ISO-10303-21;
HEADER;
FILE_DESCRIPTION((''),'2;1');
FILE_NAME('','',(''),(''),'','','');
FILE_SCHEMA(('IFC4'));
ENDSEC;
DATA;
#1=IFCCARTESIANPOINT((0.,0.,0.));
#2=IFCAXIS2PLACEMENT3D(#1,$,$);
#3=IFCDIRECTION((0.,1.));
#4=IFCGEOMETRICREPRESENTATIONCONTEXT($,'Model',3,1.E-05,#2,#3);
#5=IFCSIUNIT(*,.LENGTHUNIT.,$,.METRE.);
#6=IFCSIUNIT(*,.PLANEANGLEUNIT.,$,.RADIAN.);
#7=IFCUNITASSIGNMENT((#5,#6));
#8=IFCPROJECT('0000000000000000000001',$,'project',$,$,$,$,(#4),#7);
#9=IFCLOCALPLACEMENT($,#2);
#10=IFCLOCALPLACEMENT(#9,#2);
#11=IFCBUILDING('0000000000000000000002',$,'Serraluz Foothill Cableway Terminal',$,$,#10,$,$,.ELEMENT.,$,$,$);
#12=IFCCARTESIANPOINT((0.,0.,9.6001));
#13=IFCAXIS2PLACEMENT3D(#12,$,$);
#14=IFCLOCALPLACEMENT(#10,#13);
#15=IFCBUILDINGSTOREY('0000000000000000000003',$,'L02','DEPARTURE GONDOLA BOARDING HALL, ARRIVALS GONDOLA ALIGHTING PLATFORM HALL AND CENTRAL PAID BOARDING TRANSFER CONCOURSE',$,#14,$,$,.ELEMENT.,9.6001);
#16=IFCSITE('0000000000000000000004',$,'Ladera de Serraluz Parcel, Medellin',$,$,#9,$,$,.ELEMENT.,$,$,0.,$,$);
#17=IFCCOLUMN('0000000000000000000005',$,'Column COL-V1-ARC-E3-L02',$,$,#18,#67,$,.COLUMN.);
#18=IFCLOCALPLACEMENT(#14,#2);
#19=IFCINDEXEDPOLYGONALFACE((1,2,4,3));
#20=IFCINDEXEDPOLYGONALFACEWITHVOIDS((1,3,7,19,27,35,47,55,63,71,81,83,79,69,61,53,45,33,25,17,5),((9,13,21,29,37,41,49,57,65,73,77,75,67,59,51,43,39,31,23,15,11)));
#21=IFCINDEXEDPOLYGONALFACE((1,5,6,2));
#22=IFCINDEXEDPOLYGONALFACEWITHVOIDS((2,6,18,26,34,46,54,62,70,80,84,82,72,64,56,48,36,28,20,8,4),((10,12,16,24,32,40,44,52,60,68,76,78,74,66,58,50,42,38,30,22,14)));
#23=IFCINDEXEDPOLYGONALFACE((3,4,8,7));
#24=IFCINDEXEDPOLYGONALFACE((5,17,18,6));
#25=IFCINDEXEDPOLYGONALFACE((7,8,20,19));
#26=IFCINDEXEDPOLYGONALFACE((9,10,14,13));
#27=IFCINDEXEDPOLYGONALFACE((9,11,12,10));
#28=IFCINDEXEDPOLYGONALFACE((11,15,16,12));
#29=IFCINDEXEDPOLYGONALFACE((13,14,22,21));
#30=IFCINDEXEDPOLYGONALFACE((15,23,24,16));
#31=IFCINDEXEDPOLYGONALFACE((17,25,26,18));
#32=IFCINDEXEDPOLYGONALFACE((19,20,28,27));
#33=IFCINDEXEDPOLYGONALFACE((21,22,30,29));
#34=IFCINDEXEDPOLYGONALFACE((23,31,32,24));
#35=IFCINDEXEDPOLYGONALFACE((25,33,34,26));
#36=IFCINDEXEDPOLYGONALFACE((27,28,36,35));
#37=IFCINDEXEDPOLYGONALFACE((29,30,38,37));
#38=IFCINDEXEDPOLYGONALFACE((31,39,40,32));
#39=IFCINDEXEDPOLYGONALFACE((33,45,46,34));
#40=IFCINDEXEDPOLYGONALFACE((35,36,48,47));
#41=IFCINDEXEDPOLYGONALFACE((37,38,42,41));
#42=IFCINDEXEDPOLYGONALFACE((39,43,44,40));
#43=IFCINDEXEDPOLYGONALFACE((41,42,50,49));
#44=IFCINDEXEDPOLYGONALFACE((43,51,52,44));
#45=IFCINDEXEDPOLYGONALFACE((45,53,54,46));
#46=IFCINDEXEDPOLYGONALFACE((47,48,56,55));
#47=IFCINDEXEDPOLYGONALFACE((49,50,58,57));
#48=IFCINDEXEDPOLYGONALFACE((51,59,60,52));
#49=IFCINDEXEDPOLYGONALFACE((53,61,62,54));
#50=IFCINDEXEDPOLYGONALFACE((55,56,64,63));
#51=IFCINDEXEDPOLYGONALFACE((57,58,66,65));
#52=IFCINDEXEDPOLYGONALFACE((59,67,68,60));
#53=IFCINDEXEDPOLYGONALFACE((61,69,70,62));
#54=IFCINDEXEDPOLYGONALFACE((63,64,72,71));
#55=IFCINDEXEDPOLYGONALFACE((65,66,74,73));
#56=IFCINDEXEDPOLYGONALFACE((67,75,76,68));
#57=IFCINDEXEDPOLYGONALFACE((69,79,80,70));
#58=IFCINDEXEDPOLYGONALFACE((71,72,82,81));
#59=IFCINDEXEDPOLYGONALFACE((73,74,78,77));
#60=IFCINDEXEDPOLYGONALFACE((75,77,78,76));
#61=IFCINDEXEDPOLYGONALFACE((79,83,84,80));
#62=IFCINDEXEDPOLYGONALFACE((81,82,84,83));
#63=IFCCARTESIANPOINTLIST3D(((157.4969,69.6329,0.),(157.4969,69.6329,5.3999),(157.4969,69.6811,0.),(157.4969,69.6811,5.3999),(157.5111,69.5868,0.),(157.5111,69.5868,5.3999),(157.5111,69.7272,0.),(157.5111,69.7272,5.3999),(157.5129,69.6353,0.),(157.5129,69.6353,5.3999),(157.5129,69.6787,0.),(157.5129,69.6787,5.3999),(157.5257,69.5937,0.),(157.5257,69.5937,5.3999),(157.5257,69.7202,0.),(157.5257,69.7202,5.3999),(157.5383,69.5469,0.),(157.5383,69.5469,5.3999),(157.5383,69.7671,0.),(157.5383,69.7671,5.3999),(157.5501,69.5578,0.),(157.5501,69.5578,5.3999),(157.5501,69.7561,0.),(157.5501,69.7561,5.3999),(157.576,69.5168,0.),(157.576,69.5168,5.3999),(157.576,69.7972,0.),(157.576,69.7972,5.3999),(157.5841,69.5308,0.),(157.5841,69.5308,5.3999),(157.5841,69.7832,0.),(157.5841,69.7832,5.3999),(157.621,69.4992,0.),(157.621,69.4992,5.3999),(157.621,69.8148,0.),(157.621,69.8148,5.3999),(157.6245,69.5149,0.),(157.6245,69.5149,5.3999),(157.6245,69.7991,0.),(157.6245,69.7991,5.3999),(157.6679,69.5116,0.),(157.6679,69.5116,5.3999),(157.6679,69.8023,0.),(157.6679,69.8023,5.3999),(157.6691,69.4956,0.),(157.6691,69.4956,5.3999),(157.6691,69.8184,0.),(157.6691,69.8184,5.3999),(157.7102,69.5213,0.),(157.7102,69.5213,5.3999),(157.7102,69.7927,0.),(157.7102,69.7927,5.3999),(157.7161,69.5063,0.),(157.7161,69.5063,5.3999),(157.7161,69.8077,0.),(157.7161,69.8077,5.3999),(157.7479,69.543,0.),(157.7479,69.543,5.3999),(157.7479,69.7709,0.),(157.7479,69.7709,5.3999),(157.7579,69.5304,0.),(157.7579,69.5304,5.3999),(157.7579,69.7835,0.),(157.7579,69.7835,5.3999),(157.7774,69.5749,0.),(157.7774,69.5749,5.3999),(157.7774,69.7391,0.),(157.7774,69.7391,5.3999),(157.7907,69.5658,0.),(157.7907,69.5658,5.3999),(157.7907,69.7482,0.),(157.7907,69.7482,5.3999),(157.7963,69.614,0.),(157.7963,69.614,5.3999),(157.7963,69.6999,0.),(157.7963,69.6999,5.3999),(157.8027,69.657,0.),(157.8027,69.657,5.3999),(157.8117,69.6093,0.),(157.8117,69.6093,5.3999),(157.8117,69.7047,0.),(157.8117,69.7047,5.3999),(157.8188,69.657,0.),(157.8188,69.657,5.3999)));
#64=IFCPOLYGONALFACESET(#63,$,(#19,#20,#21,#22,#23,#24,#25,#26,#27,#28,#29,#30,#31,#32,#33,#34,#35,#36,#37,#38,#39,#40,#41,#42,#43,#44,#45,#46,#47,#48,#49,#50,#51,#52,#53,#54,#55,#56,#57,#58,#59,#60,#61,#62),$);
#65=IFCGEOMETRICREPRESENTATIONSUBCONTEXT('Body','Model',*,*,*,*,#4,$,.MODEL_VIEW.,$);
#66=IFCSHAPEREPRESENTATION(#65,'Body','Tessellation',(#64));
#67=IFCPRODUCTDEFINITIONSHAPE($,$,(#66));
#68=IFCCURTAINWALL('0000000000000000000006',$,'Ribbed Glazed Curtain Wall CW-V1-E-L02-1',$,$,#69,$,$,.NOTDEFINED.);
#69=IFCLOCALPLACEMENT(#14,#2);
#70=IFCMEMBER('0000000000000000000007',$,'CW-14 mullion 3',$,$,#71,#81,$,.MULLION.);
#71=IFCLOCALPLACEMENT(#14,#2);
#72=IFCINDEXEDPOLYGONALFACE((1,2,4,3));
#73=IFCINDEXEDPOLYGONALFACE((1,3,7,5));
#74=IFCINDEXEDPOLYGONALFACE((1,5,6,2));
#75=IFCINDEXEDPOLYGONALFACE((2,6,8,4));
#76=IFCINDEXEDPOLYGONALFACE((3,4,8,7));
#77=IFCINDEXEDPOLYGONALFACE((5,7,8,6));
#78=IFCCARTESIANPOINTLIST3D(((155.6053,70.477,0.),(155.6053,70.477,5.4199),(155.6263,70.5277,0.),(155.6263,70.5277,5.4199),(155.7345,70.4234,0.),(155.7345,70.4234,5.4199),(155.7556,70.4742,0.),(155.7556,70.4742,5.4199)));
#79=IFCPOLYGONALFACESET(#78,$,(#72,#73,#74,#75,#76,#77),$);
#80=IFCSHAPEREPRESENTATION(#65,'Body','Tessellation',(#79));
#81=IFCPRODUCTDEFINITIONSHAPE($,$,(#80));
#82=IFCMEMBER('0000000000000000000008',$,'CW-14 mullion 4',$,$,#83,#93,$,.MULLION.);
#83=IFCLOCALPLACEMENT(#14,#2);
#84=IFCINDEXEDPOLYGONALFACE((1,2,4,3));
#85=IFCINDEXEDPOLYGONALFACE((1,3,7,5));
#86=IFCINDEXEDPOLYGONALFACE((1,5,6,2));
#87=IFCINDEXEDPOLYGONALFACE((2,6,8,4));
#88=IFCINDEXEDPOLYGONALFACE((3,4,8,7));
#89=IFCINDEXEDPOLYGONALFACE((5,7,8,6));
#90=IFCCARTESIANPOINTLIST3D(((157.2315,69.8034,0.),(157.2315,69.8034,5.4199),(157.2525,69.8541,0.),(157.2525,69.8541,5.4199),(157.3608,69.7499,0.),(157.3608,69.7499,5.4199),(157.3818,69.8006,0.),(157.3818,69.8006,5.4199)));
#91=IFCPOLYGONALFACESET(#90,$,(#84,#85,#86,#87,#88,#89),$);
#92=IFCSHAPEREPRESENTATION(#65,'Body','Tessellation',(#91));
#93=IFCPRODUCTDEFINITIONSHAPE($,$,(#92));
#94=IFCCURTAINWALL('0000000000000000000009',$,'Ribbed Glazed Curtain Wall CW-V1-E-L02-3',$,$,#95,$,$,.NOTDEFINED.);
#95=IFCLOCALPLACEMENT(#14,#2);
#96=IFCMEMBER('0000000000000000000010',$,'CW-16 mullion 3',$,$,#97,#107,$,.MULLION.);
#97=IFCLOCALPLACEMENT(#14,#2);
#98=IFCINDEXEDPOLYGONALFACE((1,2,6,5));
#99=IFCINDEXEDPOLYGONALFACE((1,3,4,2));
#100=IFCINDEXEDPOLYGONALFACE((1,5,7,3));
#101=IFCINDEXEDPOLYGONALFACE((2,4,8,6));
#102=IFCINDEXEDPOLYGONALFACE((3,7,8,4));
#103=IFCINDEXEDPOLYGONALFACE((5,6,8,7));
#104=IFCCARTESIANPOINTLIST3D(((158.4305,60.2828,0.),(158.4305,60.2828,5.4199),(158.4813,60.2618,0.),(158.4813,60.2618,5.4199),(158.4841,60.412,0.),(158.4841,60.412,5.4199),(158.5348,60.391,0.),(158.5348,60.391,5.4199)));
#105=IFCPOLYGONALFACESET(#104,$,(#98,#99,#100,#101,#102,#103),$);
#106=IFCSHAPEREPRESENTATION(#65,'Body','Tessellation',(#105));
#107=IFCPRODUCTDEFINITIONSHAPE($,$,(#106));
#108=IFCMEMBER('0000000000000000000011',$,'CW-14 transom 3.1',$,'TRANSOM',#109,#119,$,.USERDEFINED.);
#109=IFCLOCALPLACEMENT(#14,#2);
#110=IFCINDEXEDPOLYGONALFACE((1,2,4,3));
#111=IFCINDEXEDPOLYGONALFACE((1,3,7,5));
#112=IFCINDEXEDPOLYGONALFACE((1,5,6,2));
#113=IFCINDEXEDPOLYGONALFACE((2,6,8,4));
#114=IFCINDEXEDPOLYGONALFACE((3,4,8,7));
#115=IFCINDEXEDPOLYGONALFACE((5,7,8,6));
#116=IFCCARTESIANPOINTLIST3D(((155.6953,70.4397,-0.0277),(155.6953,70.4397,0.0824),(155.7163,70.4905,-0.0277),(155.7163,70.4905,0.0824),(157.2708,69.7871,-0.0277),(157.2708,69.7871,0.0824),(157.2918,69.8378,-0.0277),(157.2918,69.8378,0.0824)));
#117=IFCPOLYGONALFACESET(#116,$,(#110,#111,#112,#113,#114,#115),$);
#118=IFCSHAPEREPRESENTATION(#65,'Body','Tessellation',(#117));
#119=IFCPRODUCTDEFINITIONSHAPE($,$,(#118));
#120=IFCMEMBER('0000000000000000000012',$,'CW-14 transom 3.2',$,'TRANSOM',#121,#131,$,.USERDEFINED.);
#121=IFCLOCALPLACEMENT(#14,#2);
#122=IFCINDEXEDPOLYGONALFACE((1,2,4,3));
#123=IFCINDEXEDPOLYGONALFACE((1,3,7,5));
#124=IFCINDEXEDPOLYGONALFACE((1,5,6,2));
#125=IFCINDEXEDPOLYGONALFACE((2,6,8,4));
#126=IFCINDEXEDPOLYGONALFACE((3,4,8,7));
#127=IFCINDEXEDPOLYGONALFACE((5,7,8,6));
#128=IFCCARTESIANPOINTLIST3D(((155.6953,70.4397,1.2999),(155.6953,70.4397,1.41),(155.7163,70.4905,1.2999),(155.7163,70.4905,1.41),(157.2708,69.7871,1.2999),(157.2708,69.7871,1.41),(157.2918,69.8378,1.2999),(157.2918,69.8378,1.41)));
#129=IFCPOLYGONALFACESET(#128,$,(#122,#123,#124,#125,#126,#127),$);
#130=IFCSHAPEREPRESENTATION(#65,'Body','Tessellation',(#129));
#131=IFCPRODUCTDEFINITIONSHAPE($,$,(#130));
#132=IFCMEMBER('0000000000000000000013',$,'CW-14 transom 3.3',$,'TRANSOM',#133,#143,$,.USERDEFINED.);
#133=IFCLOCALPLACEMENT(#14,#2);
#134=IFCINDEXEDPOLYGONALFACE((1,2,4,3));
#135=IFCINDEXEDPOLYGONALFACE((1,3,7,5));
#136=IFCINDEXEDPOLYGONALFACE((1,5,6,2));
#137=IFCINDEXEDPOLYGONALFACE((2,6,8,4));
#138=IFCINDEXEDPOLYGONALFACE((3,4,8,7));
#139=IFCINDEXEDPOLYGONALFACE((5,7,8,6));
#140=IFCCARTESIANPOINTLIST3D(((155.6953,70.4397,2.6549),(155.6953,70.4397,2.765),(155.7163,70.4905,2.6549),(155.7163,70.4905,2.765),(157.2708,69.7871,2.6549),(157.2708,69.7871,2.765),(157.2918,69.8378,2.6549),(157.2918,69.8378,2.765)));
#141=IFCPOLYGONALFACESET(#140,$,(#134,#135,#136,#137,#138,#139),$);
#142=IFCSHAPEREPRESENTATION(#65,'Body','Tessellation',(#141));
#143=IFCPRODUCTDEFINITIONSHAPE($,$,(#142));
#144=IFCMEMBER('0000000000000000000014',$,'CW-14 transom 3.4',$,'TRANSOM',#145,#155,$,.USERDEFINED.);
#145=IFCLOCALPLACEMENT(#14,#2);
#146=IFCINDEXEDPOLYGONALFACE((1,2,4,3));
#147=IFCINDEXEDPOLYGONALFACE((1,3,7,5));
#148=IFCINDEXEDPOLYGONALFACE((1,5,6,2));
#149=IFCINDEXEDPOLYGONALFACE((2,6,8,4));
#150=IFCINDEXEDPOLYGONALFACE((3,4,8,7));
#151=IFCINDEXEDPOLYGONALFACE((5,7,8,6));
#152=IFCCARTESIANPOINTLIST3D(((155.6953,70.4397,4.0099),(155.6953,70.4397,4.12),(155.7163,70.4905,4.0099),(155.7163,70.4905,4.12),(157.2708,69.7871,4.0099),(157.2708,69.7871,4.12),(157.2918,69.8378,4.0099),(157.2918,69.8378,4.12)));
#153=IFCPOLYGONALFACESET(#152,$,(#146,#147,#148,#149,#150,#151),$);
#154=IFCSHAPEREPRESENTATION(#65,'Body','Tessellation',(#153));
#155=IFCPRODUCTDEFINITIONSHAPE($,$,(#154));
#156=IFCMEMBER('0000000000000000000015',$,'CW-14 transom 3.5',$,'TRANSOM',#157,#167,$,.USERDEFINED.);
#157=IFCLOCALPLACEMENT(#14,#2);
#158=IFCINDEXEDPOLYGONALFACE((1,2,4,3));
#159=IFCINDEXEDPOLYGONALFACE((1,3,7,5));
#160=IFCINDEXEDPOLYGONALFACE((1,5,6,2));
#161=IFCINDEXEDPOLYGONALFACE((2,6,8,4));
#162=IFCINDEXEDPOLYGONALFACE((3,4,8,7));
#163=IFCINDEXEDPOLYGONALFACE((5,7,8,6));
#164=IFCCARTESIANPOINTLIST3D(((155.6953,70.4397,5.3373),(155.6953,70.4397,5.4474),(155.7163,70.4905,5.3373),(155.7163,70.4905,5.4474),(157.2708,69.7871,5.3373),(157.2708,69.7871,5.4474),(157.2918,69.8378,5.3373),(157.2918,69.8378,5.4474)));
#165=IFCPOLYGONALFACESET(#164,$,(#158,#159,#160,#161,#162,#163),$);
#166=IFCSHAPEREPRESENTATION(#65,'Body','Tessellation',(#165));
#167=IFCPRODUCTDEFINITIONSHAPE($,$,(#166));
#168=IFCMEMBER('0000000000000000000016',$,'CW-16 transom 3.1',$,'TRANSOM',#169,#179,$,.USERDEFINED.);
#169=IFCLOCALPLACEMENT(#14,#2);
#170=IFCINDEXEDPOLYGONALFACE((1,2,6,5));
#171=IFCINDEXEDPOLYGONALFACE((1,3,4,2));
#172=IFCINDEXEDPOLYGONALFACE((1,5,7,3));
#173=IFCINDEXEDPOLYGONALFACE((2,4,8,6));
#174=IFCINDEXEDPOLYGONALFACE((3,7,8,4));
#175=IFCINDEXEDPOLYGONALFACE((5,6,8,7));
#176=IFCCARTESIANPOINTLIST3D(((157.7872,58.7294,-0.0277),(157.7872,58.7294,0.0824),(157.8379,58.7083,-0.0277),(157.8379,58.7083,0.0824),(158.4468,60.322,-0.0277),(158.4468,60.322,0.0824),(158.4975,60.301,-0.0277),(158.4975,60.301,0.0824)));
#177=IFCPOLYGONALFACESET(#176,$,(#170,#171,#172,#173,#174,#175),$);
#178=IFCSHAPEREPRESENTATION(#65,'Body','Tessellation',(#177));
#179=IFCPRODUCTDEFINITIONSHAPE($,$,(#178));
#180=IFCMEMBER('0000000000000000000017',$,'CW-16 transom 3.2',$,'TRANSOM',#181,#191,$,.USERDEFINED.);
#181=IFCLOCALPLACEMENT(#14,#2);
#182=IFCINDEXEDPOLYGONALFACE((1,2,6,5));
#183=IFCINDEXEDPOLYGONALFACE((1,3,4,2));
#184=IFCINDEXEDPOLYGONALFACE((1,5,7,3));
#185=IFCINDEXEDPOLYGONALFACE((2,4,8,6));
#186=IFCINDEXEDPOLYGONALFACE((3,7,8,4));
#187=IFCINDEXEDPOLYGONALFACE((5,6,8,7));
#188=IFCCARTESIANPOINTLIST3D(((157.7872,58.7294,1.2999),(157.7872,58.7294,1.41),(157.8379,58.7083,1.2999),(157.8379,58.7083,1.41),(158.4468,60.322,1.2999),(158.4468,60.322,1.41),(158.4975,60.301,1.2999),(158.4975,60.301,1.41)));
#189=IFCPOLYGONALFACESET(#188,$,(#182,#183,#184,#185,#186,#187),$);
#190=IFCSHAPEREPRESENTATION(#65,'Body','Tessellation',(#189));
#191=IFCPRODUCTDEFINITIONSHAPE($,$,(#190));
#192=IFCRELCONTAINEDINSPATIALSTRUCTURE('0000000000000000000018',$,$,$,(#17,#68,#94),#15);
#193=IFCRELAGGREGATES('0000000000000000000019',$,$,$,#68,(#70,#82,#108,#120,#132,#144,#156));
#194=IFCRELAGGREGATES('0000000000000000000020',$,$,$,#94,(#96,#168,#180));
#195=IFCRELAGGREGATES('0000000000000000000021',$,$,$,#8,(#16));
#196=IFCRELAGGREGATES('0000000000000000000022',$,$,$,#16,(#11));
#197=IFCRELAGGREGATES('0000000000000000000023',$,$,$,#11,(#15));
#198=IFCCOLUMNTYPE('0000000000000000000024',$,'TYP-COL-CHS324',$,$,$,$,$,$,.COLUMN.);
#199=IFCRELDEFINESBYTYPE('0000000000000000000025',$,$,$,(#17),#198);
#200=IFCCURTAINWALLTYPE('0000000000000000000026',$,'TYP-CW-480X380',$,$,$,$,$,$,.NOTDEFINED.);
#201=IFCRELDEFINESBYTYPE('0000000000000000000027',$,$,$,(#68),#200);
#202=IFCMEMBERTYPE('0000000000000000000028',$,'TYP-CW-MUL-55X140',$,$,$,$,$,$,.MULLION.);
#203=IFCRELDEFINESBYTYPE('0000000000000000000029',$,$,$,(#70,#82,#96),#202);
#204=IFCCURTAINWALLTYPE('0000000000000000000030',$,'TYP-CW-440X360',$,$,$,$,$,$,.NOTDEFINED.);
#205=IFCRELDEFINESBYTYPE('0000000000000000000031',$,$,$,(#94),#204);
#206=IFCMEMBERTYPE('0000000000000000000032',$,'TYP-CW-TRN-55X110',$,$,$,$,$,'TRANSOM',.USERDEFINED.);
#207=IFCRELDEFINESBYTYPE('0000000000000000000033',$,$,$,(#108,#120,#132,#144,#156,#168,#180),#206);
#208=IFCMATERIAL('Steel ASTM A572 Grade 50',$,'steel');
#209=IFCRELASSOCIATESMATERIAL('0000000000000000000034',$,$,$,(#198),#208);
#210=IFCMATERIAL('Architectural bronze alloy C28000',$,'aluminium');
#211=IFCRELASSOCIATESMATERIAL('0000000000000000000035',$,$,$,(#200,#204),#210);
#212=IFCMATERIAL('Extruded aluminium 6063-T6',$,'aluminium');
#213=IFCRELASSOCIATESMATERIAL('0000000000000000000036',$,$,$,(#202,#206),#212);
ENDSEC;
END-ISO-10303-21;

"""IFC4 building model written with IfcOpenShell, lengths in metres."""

from ifc_helpers import new_model, si_unit, direction, frame, origin, origin_2d, place, context, subcontext, project, spatial, rectangle, hollow_circle, extrude, material, material_profile, profile_set, type_object, element, aggregate, save


model = new_model("IFC4")

# Units and contexts
model_context = context("Model", 3, precision=1e-05, world=origin(), true_north=direction((0.0, 1.0)))
body_context = subcontext(model_context, "Body", "Model", "MODEL_VIEW")
ifc_project = project(units=[si_unit("LENGTHUNIT", "METRE"), si_unit("PLANEANGLEUNIT", "RADIAN")], contexts=[model_context])

# Site, building, storey
site_placement = place(None, origin())
site = spatial("IfcSite", under=ifc_project, at=site_placement, Name="Ladera de Serraluz Parcel, Medellin", CompositionType="ELEMENT", RefElevation=0.0)
building_placement = place(site_placement, origin())
building = spatial("IfcBuilding", under=site, at=building_placement, Name="Serraluz Foothill Cableway Terminal", CompositionType="ELEMENT")
storey_placement = place(building_placement, frame((0.0, 0.0, 9.6001)))
storey = spatial("IfcBuildingStorey", under=building, at=storey_placement, Name="L02", Description="DEPARTURE GONDOLA BOARDING HALL, ARRIVALS GONDOLA ALIGHTING PLATFORM HALL AND CENTRAL PAID BOARDING TRANSFER CONCOURSE", CompositionType="ELEMENT", Elevation=9.6001)

# Column
ifc_material_1 = material(Name="Steel ASTM A572 Grade 50", Category="steel")
ifc_material_profile_1 = material_profile(ifc_material_1, hollow_circle(Radius=0.1619, WallThickness=0.0161, at=origin_2d()), Name="CHS324X16")
ifc_profile_set_1 = profile_set([ifc_material_profile_1], Name="Steel ASTM A572 Grade 50")
column_type = type_object("IfcColumnType", Name="TYP-COL-CHS324", PredefinedType="COLUMN", material=ifc_profile_set_1)
column_placement = place(storey_placement, frame((157.657, 69.657, 0.0), z_axis=(0.0, 0.0, 1.0), x_axis=(1.0, 0.0, 0.0)))
element("IfcColumn", 1, at=column_placement, inside=storey, type_object=column_type, Name="Column COL-V1-ARC-E3-L02", PredefinedType="COLUMN", context=body_context, shape_type="SweptSolid", body=[
    extrude(hollow_circle(Radius=0.1619, WallThickness=0.0161, at=origin_2d()), origin(), (0.0, 0.0, 1.0), 5.3999),
])

# Curtain wall, members
ifc_material_2 = material(Name="Architectural bronze alloy C28000", Category="aluminium")
curtain_wall_type_1 = type_object("IfcCurtainWallType", Name="TYP-CW-480X380", PredefinedType="NOTDEFINED", material=ifc_material_2)
curtain_wall_1_placement = place(storey_placement, origin())
curtain_wall_1 = element("IfcCurtainWall", 2, at=curtain_wall_1_placement, inside=storey, type_object=curtain_wall_type_1, Name="Ribbed Glazed Curtain Wall CW-V1-E-L02-1", PredefinedType="NOTDEFINED")
ifc_material_3 = material(Name="Extruded aluminium 6063-T6", Category="aluminium")
ifc_material_profile_2 = material_profile(ifc_material_3, rectangle(XDim=0.0549, YDim=0.1399, at=origin_2d()), Name="ALU MULLION 55x140")
ifc_profile_set_2 = profile_set([ifc_material_profile_2], Name="Extruded aluminium 6063-T6")
member_type_1 = type_object("IfcMemberType", Name="TYP-CW-MUL-55X140", PredefinedType="MULLION", material=ifc_profile_set_2)
member_1_placement = place(storey_placement, frame((155.6804, 70.4756, 0.0), z_axis=(0.0, 0.0, 1.0), x_axis=(0.382682, 0.92388, 0.0)))
member_1 = element("IfcMember", 3, at=member_1_placement, type_object=member_type_1, Name="CW-14 mullion 3", PredefinedType="MULLION", context=body_context, shape_type="SweptSolid", body=[
    extrude(rectangle(XDim=0.0549, YDim=0.1399, at=origin_2d()), origin(), (0.0, 0.0, 1.0), 5.4199),
])
member_2_placement = place(storey_placement, frame((157.3066, 69.802, 0.0), z_axis=(0.0, 0.0, 1.0), x_axis=(0.382682, 0.92388, 0.0)))
member_2 = element("IfcMember", 4, at=member_2_placement, type_object=member_type_1, Name="CW-14 mullion 4", PredefinedType="MULLION", context=body_context, shape_type="SweptSolid", body=[
    extrude(rectangle(XDim=0.0549, YDim=0.1399, at=origin_2d()), origin(), (0.0, 0.0, 1.0), 5.4199),
])

# Curtain wall, member
curtain_wall_type_2 = type_object("IfcCurtainWallType", Name="TYP-CW-440X360", PredefinedType="NOTDEFINED", material=ifc_material_2)
curtain_wall_2_placement = place(storey_placement, origin())
curtain_wall_2 = element("IfcCurtainWall", 5, at=curtain_wall_2_placement, inside=storey, type_object=curtain_wall_type_2, Name="Ribbed Glazed Curtain Wall CW-V1-E-L02-3", PredefinedType="NOTDEFINED")
member_3_placement = place(storey_placement, frame((158.4827, 60.3369, 0.0), z_axis=(0.0, 0.0, 1.0), x_axis=(0.923879, -0.382685, 0.0)))
member_3 = element("IfcMember", 6, at=member_3_placement, type_object=member_type_1, Name="CW-16 mullion 3", PredefinedType="MULLION", context=body_context, shape_type="SweptSolid", body=[
    extrude(rectangle(XDim=0.0549, YDim=0.1399, at=origin_2d()), origin(), (0.0, 0.0, 1.0), 5.4199),
])

# Members
ifc_material_profile_3 = material_profile(ifc_material_3, rectangle(XDim=0.0549, YDim=0.1101, at=origin_2d()), Name="ALU TRANSOM 55x110")
ifc_profile_set_3 = profile_set([ifc_material_profile_3], Name="Extruded aluminium 6063-T6")
member_type_2 = type_object("IfcMemberType", Name="TYP-CW-TRN-55X110", ElementType="TRANSOM", PredefinedType="USERDEFINED", material=ifc_profile_set_3)
member_4_placement = place(storey_placement, frame((155.7058, 70.4651, 0.0273), z_axis=(0.923875, -0.382693, 0.0), x_axis=(0.382693, 0.923875, 0.0)))
member_4 = element("IfcMember", 7, at=member_4_placement, type_object=member_type_2, Name="CW-14 transom 3.1", ObjectType="TRANSOM", PredefinedType="USERDEFINED", context=body_context, shape_type="SweptSolid", body=[
    extrude(rectangle(XDim=0.0549, YDim=0.1101, at=origin_2d()), origin(), (0.0, 0.0, 1.0), 1.7053),
])
member_5_placement = place(storey_placement, frame((155.7058, 70.4651, 1.355), z_axis=(0.923875, -0.382693, 0.0), x_axis=(0.382693, 0.923875, 0.0)))
member_5 = element("IfcMember", 8, at=member_5_placement, type_object=member_type_2, Name="CW-14 transom 3.2", ObjectType="TRANSOM", PredefinedType="USERDEFINED", context=body_context, shape_type="SweptSolid", body=[
    extrude(rectangle(XDim=0.0549, YDim=0.1101, at=origin_2d()), origin(), (0.0, 0.0, 1.0), 1.7053),
])
member_6_placement = place(storey_placement, frame((155.7058, 70.4651, 2.71), z_axis=(0.923875, -0.382693, 0.0), x_axis=(0.382693, 0.923875, 0.0)))
member_6 = element("IfcMember", 9, at=member_6_placement, type_object=member_type_2, Name="CW-14 transom 3.3", ObjectType="TRANSOM", PredefinedType="USERDEFINED", context=body_context, shape_type="SweptSolid", body=[
    extrude(rectangle(XDim=0.0549, YDim=0.1101, at=origin_2d()), origin(), (0.0, 0.0, 1.0), 1.7053),
])
member_7_placement = place(storey_placement, frame((155.7058, 70.4651, 4.0649), z_axis=(0.923875, -0.382693, 0.0), x_axis=(0.382693, 0.923875, 0.0)))
member_7 = element("IfcMember", 10, at=member_7_placement, type_object=member_type_2, Name="CW-14 transom 3.4", ObjectType="TRANSOM", PredefinedType="USERDEFINED", context=body_context, shape_type="SweptSolid", body=[
    extrude(rectangle(XDim=0.0549, YDim=0.1101, at=origin_2d()), origin(), (0.0, 0.0, 1.0), 1.7053),
])
member_8_placement = place(storey_placement, frame((155.7058, 70.4651, 5.3923), z_axis=(0.923875, -0.382693, 0.0), x_axis=(0.382693, 0.923875, 0.0)))
member_8 = element("IfcMember", 11, at=member_8_placement, type_object=member_type_2, Name="CW-14 transom 3.5", ObjectType="TRANSOM", PredefinedType="USERDEFINED", context=body_context, shape_type="SweptSolid", body=[
    extrude(rectangle(XDim=0.0549, YDim=0.1101, at=origin_2d()), origin(), (0.0, 0.0, 1.0), 1.7053),
])
member_9_placement = place(storey_placement, frame((158.4722, 60.3115, 0.0273), z_axis=(-0.382644, -0.923896, 0.0), x_axis=(0.923896, -0.382644, 0.0)))
member_9 = element("IfcMember", 12, at=member_9_placement, type_object=member_type_2, Name="CW-16 transom 3.1", ObjectType="TRANSOM", PredefinedType="USERDEFINED", context=body_context, shape_type="SweptSolid", body=[
    extrude(rectangle(XDim=0.0549, YDim=0.1101, at=origin_2d()), origin(), (0.0, 0.0, 1.0), 1.7239),
])
member_10_placement = place(storey_placement, frame((158.4722, 60.3115, 1.355), z_axis=(-0.382644, -0.923896, 0.0), x_axis=(0.923896, -0.382644, 0.0)))
member_10 = element("IfcMember", 13, at=member_10_placement, type_object=member_type_2, Name="CW-16 transom 3.2", ObjectType="TRANSOM", PredefinedType="USERDEFINED", context=body_context, shape_type="SweptSolid", body=[
    extrude(rectangle(XDim=0.0549, YDim=0.1101, at=origin_2d()), origin(), (0.0, 0.0, 1.0), 1.7239),
])

aggregate(curtain_wall_1, [member_1, member_2, member_4, member_5, member_6, member_7, member_8])
aggregate(curtain_wall_2, [member_3, member_9, member_10])

save(model, "model.ifc")
